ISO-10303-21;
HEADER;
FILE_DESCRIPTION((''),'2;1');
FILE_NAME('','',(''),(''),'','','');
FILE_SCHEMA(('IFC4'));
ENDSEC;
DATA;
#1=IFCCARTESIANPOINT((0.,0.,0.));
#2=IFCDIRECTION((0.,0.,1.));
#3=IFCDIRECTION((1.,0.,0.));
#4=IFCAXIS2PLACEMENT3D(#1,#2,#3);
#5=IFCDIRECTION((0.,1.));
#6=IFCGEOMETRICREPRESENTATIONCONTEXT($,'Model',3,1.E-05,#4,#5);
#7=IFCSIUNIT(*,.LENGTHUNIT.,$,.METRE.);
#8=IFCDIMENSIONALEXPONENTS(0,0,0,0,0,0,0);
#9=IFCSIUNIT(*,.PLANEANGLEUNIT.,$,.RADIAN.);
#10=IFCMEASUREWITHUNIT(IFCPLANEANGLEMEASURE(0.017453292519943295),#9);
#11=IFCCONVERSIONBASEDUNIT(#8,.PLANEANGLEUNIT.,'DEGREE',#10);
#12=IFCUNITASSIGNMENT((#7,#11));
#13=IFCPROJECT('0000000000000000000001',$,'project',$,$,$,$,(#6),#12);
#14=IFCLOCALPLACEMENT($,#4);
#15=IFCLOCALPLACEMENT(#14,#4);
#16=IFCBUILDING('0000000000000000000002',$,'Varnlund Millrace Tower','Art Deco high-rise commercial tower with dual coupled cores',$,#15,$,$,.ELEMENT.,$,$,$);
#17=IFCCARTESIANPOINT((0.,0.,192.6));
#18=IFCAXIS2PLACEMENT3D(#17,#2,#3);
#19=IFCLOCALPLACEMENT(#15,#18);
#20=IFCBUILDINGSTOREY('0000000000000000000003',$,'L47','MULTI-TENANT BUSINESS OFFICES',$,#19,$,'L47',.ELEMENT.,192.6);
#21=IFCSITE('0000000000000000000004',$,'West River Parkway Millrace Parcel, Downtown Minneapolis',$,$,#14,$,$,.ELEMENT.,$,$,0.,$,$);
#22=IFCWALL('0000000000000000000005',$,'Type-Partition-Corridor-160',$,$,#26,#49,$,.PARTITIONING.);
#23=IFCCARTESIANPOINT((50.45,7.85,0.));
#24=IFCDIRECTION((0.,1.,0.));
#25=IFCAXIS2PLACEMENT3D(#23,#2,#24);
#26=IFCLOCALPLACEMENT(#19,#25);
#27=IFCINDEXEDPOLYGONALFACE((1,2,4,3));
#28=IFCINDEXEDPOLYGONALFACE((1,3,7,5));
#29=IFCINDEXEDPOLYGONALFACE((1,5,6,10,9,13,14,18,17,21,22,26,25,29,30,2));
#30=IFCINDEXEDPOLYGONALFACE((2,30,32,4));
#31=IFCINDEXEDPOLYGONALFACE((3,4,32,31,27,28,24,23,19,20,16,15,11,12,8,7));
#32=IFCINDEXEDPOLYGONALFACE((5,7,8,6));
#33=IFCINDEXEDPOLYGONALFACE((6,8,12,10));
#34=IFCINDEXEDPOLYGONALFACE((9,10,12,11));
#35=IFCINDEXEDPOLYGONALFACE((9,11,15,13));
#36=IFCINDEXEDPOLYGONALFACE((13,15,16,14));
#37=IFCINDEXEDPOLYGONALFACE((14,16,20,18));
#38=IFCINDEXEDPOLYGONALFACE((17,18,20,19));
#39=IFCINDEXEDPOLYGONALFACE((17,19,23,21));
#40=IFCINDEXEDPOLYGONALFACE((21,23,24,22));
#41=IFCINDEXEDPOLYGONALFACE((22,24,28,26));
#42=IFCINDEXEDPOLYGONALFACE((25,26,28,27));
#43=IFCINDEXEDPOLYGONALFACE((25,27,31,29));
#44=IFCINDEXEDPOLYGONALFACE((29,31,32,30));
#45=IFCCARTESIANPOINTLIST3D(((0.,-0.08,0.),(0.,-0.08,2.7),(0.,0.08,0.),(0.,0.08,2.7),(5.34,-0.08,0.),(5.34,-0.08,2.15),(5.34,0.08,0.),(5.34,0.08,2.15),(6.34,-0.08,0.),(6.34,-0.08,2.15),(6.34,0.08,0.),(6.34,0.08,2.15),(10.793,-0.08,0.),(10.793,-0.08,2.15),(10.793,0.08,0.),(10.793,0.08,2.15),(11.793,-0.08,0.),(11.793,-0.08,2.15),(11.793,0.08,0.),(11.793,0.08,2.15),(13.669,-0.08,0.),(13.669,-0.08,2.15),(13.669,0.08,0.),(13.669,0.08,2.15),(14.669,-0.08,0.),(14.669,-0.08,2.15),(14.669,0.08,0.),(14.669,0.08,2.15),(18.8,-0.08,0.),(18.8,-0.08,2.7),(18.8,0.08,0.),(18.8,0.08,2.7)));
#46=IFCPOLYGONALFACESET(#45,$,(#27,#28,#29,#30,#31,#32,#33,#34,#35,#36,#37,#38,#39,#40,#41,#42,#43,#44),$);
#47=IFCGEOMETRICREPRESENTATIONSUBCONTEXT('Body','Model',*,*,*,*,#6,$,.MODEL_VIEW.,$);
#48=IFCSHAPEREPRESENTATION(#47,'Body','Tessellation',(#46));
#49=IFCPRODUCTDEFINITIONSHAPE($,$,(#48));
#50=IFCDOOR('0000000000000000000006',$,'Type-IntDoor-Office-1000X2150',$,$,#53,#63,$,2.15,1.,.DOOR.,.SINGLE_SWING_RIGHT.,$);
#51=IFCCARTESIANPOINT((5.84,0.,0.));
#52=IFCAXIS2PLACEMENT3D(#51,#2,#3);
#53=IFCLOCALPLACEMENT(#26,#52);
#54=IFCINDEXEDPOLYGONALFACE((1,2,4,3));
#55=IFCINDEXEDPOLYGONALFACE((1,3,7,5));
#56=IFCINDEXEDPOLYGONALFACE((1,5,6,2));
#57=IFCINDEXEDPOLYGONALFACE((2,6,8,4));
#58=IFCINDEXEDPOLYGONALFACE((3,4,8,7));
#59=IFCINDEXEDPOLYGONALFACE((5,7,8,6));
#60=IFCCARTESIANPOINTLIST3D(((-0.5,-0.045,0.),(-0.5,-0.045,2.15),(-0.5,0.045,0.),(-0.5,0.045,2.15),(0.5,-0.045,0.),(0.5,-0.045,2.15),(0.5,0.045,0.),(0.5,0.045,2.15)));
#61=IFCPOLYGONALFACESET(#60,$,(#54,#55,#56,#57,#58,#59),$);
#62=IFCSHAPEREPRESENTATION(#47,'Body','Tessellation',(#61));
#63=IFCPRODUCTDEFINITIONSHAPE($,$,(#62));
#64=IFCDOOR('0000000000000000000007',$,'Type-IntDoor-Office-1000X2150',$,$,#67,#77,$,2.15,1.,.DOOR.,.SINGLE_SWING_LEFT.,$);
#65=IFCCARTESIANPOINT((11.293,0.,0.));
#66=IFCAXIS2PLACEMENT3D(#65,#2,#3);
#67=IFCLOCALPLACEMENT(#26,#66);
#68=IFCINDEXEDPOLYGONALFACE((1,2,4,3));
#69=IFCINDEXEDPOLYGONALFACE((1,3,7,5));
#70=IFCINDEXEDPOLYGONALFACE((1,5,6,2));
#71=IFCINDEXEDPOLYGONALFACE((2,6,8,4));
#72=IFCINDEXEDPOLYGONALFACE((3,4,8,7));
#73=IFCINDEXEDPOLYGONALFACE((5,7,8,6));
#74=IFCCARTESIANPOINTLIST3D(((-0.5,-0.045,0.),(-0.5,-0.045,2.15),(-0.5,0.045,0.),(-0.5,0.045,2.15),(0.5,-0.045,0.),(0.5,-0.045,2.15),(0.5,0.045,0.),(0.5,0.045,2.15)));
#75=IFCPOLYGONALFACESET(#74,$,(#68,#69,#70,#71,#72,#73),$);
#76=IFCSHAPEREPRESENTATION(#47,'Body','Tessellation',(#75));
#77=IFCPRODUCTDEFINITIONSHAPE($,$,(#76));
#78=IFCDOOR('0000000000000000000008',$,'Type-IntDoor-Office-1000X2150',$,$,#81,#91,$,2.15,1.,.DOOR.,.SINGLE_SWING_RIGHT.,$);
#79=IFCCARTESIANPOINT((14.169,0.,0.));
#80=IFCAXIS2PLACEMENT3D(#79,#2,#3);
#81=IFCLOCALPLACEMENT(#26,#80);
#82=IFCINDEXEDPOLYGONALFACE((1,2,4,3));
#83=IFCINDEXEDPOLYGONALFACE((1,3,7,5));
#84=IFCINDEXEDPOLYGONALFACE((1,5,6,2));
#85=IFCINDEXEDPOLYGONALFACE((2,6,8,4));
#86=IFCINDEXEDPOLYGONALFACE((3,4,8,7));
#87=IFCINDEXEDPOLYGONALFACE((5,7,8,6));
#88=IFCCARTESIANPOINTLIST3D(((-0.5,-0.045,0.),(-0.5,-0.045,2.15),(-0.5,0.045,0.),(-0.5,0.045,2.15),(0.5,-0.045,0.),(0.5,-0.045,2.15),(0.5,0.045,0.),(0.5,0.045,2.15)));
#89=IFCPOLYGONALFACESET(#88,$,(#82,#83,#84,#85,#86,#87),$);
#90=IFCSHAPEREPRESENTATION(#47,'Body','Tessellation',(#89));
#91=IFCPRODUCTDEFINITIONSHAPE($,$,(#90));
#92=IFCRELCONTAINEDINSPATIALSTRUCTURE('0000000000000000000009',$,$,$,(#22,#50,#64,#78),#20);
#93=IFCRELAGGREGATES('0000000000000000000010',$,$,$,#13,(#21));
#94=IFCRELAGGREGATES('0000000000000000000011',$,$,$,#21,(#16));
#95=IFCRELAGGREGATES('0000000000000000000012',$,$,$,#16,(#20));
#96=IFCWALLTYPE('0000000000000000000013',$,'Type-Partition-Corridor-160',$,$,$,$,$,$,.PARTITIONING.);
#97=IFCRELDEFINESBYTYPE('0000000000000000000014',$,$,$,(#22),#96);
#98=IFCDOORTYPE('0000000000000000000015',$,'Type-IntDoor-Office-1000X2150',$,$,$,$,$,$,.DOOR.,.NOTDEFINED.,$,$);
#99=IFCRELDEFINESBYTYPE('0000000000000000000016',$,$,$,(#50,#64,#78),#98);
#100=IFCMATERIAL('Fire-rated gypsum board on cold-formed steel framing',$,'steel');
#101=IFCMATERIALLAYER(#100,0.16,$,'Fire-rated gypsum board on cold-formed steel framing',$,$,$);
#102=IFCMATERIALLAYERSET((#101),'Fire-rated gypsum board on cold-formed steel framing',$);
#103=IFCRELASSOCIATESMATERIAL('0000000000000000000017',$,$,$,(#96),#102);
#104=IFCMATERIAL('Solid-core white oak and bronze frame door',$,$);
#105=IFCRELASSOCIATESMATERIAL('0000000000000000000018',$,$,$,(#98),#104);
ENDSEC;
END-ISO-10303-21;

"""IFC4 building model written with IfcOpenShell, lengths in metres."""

from ifc_helpers import new_model, entity, si_unit, converted_unit, direction, frame, origin_with_axes, origin_2d_with_axis, place, context, subcontext, project, spatial, polyline, rectangle, outline, extrude, material, layer, layer_set, type_object, element, fill, save


model = new_model("IFC4")

# Units and contexts
model_context = context("Model", 3, precision=1e-05, world=origin_with_axes(), true_north=direction((0.0, 1.0)))
body_context = subcontext(model_context, "Body", "Model", "MODEL_VIEW")
ifc_project = project(units=[si_unit("LENGTHUNIT", "METRE"), converted_unit("PLANEANGLEUNIT", "DEGREE", entity("IfcPlaneAngleMeasure", 0.017453292519943295), si_unit("PLANEANGLEUNIT", "RADIAN"), dimensions=[0, 0, 0, 0, 0, 0, 0])], contexts=[model_context])

# Site, building, storey
site_placement = place(None, origin_with_axes())
site = spatial("IfcSite", under=ifc_project, at=site_placement, Name="West River Parkway Millrace Parcel, Downtown Minneapolis", CompositionType="ELEMENT", RefElevation=0.0)
building_placement = place(site_placement, origin_with_axes())
building = spatial("IfcBuilding", under=site, at=building_placement, Name="Varnlund Millrace Tower", Description="Art Deco high-rise commercial tower with dual coupled cores", CompositionType="ELEMENT")
storey_placement = place(building_placement, frame((0.0, 0.0, 192.6), z_axis=(0.0, 0.0, 1.0), x_axis=(1.0, 0.0, 0.0)))
storey = spatial("IfcBuildingStorey", under=building, at=storey_placement, Name="L47", Description="MULTI-TENANT BUSINESS OFFICES", LongName="L47", CompositionType="ELEMENT", Elevation=192.6)

# Wall, openings, doors
ifc_material_1 = material(Name="Fire-rated gypsum board on cold-formed steel framing", Category="steel")
ifc_layer_1 = layer(ifc_material_1, 0.16, Name="Fire-rated gypsum board on cold-formed steel framing")
ifc_layer_set_1 = layer_set([ifc_layer_1], Name="Fire-rated gypsum board on cold-formed steel framing")
wall_type_1 = type_object("IfcWallType", Name="Type-Partition-Corridor-160", PredefinedType="PARTITIONING", material=ifc_layer_set_1)
wall_1_placement = place(storey_placement, frame((50.45, 7.85, 0.0), z_axis=(0.0, 0.0, 1.0), x_axis=(0.0, 1.0, 0.0)))
wall_1 = element("IfcWall", 1, at=wall_1_placement, inside=storey, type_object=wall_type_1, Name="Type-Partition-Corridor-160", PredefinedType="PARTITIONING", context=body_context, shape_type="SweptSolid", body=[
    extrude(outline(polyline([(0.0, -0.08), (18.8, -0.08), (18.8, 0.08), (0.0, 0.08), (0.0, -0.08)])), origin_with_axes(), (0.0, 0.0, 1.0), 2.7),
])
opening_1_placement = place(wall_1_placement, frame((5.84, 0.0, 0.0), z_axis=(0.0, 0.0, 1.0), x_axis=(1.0, 0.0, 0.0)))
opening_1 = element("IfcOpeningElement", 2, at=opening_1_placement, cuts=wall_1, PredefinedType="OPENING", context=body_context, shape_type="SweptSolid", body=[
    extrude(rectangle(XDim=1.0, YDim=0.18, at=origin_2d_with_axis()), origin_with_axes(), (0.0, 0.0, 1.0), 2.15),
])
opening_2_placement = place(wall_1_placement, frame((11.293, 0.0, 0.0), z_axis=(0.0, 0.0, 1.0), x_axis=(1.0, 0.0, 0.0)))
opening_2 = element("IfcOpeningElement", 3, at=opening_2_placement, cuts=wall_1, PredefinedType="OPENING", context=body_context, shape_type="SweptSolid", body=[
    extrude(rectangle(XDim=1.0, YDim=0.18, at=origin_2d_with_axis()), origin_with_axes(), (0.0, 0.0, 1.0), 2.15),
])
opening_3_placement = place(wall_1_placement, frame((14.169, 0.0, 0.0), z_axis=(0.0, 0.0, 1.0), x_axis=(1.0, 0.0, 0.0)))
opening_3 = element("IfcOpeningElement", 4, at=opening_3_placement, cuts=wall_1, PredefinedType="OPENING", context=body_context, shape_type="SweptSolid", body=[
    extrude(rectangle(XDim=1.0, YDim=0.18, at=origin_2d_with_axis()), origin_with_axes(), (0.0, 0.0, 1.0), 2.15),
])
ifc_material_2 = material(Name="Solid-core white oak and bronze frame door")
door_type_1 = type_object("IfcDoorType", Name="Type-IntDoor-Office-1000X2150", OperationType="NOTDEFINED", PredefinedType="DOOR", material=ifc_material_2)
door_1_placement = place(wall_1_placement, frame((5.84, 0.0, 0.0), z_axis=(0.0, 0.0, 1.0), x_axis=(1.0, 0.0, 0.0)))
door_1 = element("IfcDoor", 5, at=door_1_placement, inside=storey, type_object=door_type_1, Name="Type-IntDoor-Office-1000X2150", OperationType="SINGLE_SWING_RIGHT", OverallHeight=2.15, OverallWidth=1.0, PredefinedType="DOOR", context=body_context, shape_type="SweptSolid", body=[
    extrude(rectangle(XDim=1.0, YDim=0.09, at=origin_2d_with_axis()), origin_with_axes(), (0.0, 0.0, 1.0), 2.15),
])
fill(opening_1, door_1)
door_2_placement = place(wall_1_placement, frame((11.293, 0.0, 0.0), z_axis=(0.0, 0.0, 1.0), x_axis=(1.0, 0.0, 0.0)))
door_2 = element("IfcDoor", 6, at=door_2_placement, inside=storey, type_object=door_type_1, Name="Type-IntDoor-Office-1000X2150", OperationType="SINGLE_SWING_LEFT", OverallHeight=2.15, OverallWidth=1.0, PredefinedType="DOOR", context=body_context, shape_type="SweptSolid", body=[
    extrude(rectangle(XDim=1.0, YDim=0.09, at=origin_2d_with_axis()), origin_with_axes(), (0.0, 0.0, 1.0), 2.15),
])
fill(opening_2, door_2)
door_3_placement = place(wall_1_placement, frame((14.169, 0.0, 0.0), z_axis=(0.0, 0.0, 1.0), x_axis=(1.0, 0.0, 0.0)))
door_3 = element("IfcDoor", 7, at=door_3_placement, inside=storey, type_object=door_type_1, Name="Type-IntDoor-Office-1000X2150", OperationType="SINGLE_SWING_RIGHT", OverallHeight=2.15, OverallWidth=1.0, PredefinedType="DOOR", context=body_context, shape_type="SweptSolid", body=[
    extrude(rectangle(XDim=1.0, YDim=0.09, at=origin_2d_with_axis()), origin_with_axes(), (0.0, 0.0, 1.0), 2.15),
])
fill(opening_3, door_3)

save(model, "model.ifc")
